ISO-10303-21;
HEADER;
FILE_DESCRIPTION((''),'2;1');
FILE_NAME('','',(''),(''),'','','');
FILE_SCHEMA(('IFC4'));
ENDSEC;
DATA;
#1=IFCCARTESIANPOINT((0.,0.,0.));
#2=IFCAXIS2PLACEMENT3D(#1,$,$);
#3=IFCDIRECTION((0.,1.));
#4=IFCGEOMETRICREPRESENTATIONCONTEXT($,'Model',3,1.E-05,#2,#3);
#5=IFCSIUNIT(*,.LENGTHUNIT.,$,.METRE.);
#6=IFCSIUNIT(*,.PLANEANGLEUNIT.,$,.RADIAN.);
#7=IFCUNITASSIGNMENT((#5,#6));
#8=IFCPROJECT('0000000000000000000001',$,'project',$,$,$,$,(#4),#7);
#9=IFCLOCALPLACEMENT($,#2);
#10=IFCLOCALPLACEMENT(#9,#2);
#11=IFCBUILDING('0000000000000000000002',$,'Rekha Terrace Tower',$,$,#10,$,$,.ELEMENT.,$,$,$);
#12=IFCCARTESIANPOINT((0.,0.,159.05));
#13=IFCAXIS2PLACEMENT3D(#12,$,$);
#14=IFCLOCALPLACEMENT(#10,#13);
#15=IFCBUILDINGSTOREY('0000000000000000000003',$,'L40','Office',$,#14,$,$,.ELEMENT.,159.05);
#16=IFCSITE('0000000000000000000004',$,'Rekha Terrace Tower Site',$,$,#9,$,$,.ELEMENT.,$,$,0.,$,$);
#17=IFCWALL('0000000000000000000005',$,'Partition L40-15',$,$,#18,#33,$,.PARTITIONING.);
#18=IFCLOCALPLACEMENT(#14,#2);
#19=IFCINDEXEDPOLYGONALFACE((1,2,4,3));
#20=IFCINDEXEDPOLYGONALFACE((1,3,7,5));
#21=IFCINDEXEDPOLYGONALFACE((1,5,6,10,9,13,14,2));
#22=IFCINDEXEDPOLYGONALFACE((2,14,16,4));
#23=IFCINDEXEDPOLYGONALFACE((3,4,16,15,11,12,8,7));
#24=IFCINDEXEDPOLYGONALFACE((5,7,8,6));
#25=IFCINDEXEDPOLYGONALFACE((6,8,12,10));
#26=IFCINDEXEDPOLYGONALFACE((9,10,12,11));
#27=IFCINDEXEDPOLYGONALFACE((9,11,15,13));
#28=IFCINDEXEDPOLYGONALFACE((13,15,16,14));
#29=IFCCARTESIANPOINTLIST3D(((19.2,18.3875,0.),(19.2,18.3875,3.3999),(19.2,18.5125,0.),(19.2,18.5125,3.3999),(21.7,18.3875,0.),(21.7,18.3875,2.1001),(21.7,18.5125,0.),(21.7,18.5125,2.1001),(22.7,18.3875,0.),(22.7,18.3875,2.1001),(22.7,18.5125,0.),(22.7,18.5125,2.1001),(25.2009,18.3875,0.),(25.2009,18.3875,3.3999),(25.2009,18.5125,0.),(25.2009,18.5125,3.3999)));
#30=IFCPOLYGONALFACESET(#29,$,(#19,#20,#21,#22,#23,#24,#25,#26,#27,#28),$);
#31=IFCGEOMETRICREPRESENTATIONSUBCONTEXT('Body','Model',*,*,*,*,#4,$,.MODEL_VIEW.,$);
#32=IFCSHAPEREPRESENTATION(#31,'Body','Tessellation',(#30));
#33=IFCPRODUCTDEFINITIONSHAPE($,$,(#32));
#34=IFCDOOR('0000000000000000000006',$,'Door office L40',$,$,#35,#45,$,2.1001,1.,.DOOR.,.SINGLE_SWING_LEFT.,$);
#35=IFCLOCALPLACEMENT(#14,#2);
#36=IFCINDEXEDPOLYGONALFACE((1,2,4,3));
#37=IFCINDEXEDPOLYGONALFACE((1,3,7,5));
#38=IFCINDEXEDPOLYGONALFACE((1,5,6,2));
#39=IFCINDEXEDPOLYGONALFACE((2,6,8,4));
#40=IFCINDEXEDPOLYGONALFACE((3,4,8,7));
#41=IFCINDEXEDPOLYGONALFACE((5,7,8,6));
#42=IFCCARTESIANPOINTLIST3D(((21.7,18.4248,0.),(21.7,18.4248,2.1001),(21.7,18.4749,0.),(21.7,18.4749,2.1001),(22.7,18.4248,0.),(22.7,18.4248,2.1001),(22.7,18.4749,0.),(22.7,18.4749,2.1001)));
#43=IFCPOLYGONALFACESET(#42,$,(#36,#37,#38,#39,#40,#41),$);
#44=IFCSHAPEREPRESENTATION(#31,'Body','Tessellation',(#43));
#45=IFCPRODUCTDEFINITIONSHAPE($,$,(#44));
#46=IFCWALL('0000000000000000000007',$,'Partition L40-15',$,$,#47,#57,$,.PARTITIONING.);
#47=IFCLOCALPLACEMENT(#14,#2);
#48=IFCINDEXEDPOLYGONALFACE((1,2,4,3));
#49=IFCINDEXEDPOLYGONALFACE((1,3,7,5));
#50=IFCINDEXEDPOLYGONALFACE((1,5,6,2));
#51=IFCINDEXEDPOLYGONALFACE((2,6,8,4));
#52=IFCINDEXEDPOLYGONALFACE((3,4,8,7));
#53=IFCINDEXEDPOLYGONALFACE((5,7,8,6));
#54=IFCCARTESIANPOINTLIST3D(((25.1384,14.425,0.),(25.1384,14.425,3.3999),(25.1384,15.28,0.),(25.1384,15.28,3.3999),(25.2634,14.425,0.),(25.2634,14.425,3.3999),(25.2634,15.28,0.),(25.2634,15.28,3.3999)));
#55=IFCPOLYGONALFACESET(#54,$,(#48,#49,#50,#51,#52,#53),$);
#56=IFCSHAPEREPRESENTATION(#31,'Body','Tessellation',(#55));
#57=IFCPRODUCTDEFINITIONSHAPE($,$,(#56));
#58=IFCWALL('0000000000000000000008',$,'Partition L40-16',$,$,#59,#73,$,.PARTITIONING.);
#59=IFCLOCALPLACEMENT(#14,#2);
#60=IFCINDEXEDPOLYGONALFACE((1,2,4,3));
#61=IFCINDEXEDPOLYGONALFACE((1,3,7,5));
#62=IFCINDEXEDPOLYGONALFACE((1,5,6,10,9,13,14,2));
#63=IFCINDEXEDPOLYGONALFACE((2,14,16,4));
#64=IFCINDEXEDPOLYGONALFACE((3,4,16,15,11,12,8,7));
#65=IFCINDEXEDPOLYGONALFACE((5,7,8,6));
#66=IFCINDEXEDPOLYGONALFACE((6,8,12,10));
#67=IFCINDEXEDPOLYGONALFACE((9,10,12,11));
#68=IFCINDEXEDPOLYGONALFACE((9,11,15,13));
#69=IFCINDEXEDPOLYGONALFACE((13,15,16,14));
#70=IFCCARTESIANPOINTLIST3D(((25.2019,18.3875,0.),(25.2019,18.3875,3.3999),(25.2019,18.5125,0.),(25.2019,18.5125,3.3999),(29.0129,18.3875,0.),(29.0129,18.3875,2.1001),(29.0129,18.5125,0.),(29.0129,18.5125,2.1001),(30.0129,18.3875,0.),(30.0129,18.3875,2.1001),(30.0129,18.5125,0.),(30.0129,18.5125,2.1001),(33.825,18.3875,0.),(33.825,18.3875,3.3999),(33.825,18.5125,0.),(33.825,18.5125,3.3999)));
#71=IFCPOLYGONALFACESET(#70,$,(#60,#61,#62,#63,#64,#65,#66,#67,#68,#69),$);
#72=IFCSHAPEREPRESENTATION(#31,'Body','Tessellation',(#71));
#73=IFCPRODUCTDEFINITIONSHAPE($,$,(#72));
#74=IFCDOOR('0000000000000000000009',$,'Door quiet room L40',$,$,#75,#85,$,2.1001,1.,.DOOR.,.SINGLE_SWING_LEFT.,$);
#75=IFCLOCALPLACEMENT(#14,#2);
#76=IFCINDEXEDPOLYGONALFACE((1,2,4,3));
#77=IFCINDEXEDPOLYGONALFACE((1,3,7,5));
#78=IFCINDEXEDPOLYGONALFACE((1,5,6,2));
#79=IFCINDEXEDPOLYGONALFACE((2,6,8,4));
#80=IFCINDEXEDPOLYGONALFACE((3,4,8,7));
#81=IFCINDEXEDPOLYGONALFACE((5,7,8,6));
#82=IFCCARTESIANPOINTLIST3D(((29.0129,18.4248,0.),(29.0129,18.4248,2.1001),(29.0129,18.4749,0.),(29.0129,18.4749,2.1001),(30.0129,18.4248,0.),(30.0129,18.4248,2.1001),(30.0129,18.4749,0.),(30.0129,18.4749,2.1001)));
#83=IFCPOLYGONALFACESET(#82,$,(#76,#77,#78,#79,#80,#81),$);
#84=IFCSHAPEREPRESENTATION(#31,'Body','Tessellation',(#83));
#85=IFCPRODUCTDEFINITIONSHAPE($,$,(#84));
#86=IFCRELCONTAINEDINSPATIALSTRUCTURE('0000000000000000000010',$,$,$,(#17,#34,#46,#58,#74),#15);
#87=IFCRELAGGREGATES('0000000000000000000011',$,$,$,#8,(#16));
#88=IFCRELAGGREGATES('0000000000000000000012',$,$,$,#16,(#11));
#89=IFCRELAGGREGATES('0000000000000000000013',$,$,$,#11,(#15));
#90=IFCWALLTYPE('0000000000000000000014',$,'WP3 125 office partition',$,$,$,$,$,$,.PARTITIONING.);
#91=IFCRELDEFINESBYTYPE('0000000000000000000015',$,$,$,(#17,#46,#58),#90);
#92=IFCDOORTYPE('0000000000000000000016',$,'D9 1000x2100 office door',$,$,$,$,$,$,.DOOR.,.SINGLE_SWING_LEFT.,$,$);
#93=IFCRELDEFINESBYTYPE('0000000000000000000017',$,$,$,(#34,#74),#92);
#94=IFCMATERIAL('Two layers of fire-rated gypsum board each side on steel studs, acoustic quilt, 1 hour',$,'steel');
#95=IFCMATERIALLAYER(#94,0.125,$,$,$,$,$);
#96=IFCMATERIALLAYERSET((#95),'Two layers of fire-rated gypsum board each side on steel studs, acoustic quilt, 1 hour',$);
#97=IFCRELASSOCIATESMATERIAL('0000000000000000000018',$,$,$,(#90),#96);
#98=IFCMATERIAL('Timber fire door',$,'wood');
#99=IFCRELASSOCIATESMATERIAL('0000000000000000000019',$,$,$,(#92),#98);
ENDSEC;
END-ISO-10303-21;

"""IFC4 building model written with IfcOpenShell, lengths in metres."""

from ifc_helpers import new_model, si_unit, direction, frame, frame_2d, origin, place, context, subcontext, project, spatial, rectangle, extrude, material, layer, layer_set, type_object, element, fill, save


model = new_model("IFC4")

# Units and contexts
model_context = context("Model", 3, precision=1e-05, world=origin(), true_north=direction((0.0, 1.0)))
body_context = subcontext(model_context, "Body", "Model", "MODEL_VIEW")
ifc_project = project(units=[si_unit("LENGTHUNIT", "METRE"), si_unit("PLANEANGLEUNIT", "RADIAN")], contexts=[model_context])

# Site, building, storey
site_placement = place(None, origin())
site = spatial("IfcSite", under=ifc_project, at=site_placement, Name="Rekha Terrace Tower Site", CompositionType="ELEMENT", RefElevation=0.0)
building_placement = place(site_placement, origin())
building = spatial("IfcBuilding", under=site, at=building_placement, Name="Rekha Terrace Tower", CompositionType="ELEMENT")
storey_placement = place(building_placement, frame((0.0, 0.0, 159.05)))
storey = spatial("IfcBuildingStorey", under=building, at=storey_placement, Name="L40", Description="Office", CompositionType="ELEMENT", Elevation=159.05)

# Shared definitions
ifc_material_1 = material(Name="Two layers of fire-rated gypsum board each side on steel studs, acoustic quilt, 1 hour", Category="steel")
ifc_layer_1 = layer(ifc_material_1, 0.125)
ifc_layer_set_1 = layer_set([ifc_layer_1], Name="Two layers of fire-rated gypsum board each side on steel studs, acoustic quilt, 1 hour")
wall_type_1 = type_object("IfcWallType", Name="WP3 125 office partition", PredefinedType="PARTITIONING", material=ifc_layer_set_1)

# Wall, opening, door
wall_1_placement = place(storey_placement, frame((19.2, 18.45, 0.0), z_axis=(0.0, 0.0, 1.0), x_axis=(1.0, 0.0, 0.0)))
wall_1 = element("IfcWall", 1, at=wall_1_placement, inside=storey, type_object=wall_type_1, Name="Partition L40-15", PredefinedType="PARTITIONING", context=body_context, shape_type="SweptSolid", body=[
    extrude(rectangle(XDim=6.001, YDim=0.125, at=frame_2d((3.0005, 0.0))), origin(), (0.0, 0.0, 1.0), 3.3999),
])
opening_1_placement = place(wall_1_placement, frame((2.5, 0.0, 0.0)))
opening_1 = element("IfcOpeningElement", 2, at=opening_1_placement, cuts=wall_1, PredefinedType="OPENING", context=body_context, shape_type="SweptSolid", body=[
    extrude(rectangle(XDim=1.0, YDim=2.1001, at=frame_2d((0.5, 1.05))), frame((0.0, 0.0725, 0.0), z_axis=(0.0, -1.0, 0.0), x_axis=(1.0, 0.0, 0.0)), (0.0, 0.0, 1.0), 0.145),
])
ifc_material_2 = material(Name="Timber fire door", Category="wood")
door_type_1 = type_object("IfcDoorType", Name="D9 1000x2100 office door", OperationType="SINGLE_SWING_LEFT", PredefinedType="DOOR", material=ifc_material_2)
door_1_placement = place(opening_1_placement, origin())
door_1 = element("IfcDoor", 3, at=door_1_placement, inside=storey, type_object=door_type_1, Name="Door office L40", OperationType="SINGLE_SWING_LEFT", OverallHeight=2.1001, OverallWidth=1.0, PredefinedType="DOOR", context=body_context, shape_type="SweptSolid", body=[
    extrude(rectangle(XDim=1.0, YDim=2.1001, at=frame_2d((0.5, 1.05))), frame((0.0, 0.0249, 0.0), z_axis=(0.0, -1.0, 0.0), x_axis=(1.0, 0.0, 0.0)), (0.0, 0.0, 1.0), 0.05),
])
fill(opening_1, door_1)

# Wall
wall_2_placement = place(storey_placement, frame((25.2009, 15.28, 0.0), z_axis=(0.0, 0.0, 1.0), x_axis=(0.0, -1.0, 0.0)))
element("IfcWall", 4, at=wall_2_placement, inside=storey, type_object=wall_type_1, Name="Partition L40-15", PredefinedType="PARTITIONING", context=body_context, shape_type="SweptSolid", body=[
    extrude(rectangle(XDim=0.855, YDim=0.125, at=frame_2d((0.4275, 0.0))), origin(), (0.0, 0.0, 1.0), 3.3999),
])

# Wall, opening, door
wall_3_placement = place(storey_placement, frame((25.2019, 18.45, 0.0), z_axis=(0.0, 0.0, 1.0), x_axis=(1.0, 0.0, 0.0)))
wall_3 = element("IfcWall", 5, at=wall_3_placement, inside=storey, type_object=wall_type_1, Name="Partition L40-16", PredefinedType="PARTITIONING", context=body_context, shape_type="SweptSolid", body=[
    extrude(rectangle(XDim=8.623, YDim=0.125, at=frame_2d((4.3115, 0.0))), origin(), (0.0, 0.0, 1.0), 3.3999),
])
opening_2_placement = place(wall_3_placement, frame((3.811, 0.0, 0.0)))
opening_2 = element("IfcOpeningElement", 6, at=opening_2_placement, cuts=wall_3, PredefinedType="OPENING", context=body_context, shape_type="SweptSolid", body=[
    extrude(rectangle(XDim=1.0, YDim=2.1001, at=frame_2d((0.5, 1.05))), frame((0.0, 0.0725, 0.0), z_axis=(0.0, -1.0, 0.0), x_axis=(1.0, 0.0, 0.0)), (0.0, 0.0, 1.0), 0.145),
])
door_2_placement = place(opening_2_placement, origin())
door_2 = element("IfcDoor", 7, at=door_2_placement, inside=storey, type_object=door_type_1, Name="Door quiet room L40", OperationType="SINGLE_SWING_LEFT", OverallHeight=2.1001, OverallWidth=1.0, PredefinedType="DOOR", context=body_context, shape_type="SweptSolid", body=[
    extrude(rectangle(XDim=1.0, YDim=2.1001, at=frame_2d((0.5, 1.05))), frame((0.0, 0.0249, 0.0), z_axis=(0.0, -1.0, 0.0), x_axis=(1.0, 0.0, 0.0)), (0.0, 0.0, 1.0), 0.05),
])
fill(opening_2, door_2)

save(model, "model.ifc")
